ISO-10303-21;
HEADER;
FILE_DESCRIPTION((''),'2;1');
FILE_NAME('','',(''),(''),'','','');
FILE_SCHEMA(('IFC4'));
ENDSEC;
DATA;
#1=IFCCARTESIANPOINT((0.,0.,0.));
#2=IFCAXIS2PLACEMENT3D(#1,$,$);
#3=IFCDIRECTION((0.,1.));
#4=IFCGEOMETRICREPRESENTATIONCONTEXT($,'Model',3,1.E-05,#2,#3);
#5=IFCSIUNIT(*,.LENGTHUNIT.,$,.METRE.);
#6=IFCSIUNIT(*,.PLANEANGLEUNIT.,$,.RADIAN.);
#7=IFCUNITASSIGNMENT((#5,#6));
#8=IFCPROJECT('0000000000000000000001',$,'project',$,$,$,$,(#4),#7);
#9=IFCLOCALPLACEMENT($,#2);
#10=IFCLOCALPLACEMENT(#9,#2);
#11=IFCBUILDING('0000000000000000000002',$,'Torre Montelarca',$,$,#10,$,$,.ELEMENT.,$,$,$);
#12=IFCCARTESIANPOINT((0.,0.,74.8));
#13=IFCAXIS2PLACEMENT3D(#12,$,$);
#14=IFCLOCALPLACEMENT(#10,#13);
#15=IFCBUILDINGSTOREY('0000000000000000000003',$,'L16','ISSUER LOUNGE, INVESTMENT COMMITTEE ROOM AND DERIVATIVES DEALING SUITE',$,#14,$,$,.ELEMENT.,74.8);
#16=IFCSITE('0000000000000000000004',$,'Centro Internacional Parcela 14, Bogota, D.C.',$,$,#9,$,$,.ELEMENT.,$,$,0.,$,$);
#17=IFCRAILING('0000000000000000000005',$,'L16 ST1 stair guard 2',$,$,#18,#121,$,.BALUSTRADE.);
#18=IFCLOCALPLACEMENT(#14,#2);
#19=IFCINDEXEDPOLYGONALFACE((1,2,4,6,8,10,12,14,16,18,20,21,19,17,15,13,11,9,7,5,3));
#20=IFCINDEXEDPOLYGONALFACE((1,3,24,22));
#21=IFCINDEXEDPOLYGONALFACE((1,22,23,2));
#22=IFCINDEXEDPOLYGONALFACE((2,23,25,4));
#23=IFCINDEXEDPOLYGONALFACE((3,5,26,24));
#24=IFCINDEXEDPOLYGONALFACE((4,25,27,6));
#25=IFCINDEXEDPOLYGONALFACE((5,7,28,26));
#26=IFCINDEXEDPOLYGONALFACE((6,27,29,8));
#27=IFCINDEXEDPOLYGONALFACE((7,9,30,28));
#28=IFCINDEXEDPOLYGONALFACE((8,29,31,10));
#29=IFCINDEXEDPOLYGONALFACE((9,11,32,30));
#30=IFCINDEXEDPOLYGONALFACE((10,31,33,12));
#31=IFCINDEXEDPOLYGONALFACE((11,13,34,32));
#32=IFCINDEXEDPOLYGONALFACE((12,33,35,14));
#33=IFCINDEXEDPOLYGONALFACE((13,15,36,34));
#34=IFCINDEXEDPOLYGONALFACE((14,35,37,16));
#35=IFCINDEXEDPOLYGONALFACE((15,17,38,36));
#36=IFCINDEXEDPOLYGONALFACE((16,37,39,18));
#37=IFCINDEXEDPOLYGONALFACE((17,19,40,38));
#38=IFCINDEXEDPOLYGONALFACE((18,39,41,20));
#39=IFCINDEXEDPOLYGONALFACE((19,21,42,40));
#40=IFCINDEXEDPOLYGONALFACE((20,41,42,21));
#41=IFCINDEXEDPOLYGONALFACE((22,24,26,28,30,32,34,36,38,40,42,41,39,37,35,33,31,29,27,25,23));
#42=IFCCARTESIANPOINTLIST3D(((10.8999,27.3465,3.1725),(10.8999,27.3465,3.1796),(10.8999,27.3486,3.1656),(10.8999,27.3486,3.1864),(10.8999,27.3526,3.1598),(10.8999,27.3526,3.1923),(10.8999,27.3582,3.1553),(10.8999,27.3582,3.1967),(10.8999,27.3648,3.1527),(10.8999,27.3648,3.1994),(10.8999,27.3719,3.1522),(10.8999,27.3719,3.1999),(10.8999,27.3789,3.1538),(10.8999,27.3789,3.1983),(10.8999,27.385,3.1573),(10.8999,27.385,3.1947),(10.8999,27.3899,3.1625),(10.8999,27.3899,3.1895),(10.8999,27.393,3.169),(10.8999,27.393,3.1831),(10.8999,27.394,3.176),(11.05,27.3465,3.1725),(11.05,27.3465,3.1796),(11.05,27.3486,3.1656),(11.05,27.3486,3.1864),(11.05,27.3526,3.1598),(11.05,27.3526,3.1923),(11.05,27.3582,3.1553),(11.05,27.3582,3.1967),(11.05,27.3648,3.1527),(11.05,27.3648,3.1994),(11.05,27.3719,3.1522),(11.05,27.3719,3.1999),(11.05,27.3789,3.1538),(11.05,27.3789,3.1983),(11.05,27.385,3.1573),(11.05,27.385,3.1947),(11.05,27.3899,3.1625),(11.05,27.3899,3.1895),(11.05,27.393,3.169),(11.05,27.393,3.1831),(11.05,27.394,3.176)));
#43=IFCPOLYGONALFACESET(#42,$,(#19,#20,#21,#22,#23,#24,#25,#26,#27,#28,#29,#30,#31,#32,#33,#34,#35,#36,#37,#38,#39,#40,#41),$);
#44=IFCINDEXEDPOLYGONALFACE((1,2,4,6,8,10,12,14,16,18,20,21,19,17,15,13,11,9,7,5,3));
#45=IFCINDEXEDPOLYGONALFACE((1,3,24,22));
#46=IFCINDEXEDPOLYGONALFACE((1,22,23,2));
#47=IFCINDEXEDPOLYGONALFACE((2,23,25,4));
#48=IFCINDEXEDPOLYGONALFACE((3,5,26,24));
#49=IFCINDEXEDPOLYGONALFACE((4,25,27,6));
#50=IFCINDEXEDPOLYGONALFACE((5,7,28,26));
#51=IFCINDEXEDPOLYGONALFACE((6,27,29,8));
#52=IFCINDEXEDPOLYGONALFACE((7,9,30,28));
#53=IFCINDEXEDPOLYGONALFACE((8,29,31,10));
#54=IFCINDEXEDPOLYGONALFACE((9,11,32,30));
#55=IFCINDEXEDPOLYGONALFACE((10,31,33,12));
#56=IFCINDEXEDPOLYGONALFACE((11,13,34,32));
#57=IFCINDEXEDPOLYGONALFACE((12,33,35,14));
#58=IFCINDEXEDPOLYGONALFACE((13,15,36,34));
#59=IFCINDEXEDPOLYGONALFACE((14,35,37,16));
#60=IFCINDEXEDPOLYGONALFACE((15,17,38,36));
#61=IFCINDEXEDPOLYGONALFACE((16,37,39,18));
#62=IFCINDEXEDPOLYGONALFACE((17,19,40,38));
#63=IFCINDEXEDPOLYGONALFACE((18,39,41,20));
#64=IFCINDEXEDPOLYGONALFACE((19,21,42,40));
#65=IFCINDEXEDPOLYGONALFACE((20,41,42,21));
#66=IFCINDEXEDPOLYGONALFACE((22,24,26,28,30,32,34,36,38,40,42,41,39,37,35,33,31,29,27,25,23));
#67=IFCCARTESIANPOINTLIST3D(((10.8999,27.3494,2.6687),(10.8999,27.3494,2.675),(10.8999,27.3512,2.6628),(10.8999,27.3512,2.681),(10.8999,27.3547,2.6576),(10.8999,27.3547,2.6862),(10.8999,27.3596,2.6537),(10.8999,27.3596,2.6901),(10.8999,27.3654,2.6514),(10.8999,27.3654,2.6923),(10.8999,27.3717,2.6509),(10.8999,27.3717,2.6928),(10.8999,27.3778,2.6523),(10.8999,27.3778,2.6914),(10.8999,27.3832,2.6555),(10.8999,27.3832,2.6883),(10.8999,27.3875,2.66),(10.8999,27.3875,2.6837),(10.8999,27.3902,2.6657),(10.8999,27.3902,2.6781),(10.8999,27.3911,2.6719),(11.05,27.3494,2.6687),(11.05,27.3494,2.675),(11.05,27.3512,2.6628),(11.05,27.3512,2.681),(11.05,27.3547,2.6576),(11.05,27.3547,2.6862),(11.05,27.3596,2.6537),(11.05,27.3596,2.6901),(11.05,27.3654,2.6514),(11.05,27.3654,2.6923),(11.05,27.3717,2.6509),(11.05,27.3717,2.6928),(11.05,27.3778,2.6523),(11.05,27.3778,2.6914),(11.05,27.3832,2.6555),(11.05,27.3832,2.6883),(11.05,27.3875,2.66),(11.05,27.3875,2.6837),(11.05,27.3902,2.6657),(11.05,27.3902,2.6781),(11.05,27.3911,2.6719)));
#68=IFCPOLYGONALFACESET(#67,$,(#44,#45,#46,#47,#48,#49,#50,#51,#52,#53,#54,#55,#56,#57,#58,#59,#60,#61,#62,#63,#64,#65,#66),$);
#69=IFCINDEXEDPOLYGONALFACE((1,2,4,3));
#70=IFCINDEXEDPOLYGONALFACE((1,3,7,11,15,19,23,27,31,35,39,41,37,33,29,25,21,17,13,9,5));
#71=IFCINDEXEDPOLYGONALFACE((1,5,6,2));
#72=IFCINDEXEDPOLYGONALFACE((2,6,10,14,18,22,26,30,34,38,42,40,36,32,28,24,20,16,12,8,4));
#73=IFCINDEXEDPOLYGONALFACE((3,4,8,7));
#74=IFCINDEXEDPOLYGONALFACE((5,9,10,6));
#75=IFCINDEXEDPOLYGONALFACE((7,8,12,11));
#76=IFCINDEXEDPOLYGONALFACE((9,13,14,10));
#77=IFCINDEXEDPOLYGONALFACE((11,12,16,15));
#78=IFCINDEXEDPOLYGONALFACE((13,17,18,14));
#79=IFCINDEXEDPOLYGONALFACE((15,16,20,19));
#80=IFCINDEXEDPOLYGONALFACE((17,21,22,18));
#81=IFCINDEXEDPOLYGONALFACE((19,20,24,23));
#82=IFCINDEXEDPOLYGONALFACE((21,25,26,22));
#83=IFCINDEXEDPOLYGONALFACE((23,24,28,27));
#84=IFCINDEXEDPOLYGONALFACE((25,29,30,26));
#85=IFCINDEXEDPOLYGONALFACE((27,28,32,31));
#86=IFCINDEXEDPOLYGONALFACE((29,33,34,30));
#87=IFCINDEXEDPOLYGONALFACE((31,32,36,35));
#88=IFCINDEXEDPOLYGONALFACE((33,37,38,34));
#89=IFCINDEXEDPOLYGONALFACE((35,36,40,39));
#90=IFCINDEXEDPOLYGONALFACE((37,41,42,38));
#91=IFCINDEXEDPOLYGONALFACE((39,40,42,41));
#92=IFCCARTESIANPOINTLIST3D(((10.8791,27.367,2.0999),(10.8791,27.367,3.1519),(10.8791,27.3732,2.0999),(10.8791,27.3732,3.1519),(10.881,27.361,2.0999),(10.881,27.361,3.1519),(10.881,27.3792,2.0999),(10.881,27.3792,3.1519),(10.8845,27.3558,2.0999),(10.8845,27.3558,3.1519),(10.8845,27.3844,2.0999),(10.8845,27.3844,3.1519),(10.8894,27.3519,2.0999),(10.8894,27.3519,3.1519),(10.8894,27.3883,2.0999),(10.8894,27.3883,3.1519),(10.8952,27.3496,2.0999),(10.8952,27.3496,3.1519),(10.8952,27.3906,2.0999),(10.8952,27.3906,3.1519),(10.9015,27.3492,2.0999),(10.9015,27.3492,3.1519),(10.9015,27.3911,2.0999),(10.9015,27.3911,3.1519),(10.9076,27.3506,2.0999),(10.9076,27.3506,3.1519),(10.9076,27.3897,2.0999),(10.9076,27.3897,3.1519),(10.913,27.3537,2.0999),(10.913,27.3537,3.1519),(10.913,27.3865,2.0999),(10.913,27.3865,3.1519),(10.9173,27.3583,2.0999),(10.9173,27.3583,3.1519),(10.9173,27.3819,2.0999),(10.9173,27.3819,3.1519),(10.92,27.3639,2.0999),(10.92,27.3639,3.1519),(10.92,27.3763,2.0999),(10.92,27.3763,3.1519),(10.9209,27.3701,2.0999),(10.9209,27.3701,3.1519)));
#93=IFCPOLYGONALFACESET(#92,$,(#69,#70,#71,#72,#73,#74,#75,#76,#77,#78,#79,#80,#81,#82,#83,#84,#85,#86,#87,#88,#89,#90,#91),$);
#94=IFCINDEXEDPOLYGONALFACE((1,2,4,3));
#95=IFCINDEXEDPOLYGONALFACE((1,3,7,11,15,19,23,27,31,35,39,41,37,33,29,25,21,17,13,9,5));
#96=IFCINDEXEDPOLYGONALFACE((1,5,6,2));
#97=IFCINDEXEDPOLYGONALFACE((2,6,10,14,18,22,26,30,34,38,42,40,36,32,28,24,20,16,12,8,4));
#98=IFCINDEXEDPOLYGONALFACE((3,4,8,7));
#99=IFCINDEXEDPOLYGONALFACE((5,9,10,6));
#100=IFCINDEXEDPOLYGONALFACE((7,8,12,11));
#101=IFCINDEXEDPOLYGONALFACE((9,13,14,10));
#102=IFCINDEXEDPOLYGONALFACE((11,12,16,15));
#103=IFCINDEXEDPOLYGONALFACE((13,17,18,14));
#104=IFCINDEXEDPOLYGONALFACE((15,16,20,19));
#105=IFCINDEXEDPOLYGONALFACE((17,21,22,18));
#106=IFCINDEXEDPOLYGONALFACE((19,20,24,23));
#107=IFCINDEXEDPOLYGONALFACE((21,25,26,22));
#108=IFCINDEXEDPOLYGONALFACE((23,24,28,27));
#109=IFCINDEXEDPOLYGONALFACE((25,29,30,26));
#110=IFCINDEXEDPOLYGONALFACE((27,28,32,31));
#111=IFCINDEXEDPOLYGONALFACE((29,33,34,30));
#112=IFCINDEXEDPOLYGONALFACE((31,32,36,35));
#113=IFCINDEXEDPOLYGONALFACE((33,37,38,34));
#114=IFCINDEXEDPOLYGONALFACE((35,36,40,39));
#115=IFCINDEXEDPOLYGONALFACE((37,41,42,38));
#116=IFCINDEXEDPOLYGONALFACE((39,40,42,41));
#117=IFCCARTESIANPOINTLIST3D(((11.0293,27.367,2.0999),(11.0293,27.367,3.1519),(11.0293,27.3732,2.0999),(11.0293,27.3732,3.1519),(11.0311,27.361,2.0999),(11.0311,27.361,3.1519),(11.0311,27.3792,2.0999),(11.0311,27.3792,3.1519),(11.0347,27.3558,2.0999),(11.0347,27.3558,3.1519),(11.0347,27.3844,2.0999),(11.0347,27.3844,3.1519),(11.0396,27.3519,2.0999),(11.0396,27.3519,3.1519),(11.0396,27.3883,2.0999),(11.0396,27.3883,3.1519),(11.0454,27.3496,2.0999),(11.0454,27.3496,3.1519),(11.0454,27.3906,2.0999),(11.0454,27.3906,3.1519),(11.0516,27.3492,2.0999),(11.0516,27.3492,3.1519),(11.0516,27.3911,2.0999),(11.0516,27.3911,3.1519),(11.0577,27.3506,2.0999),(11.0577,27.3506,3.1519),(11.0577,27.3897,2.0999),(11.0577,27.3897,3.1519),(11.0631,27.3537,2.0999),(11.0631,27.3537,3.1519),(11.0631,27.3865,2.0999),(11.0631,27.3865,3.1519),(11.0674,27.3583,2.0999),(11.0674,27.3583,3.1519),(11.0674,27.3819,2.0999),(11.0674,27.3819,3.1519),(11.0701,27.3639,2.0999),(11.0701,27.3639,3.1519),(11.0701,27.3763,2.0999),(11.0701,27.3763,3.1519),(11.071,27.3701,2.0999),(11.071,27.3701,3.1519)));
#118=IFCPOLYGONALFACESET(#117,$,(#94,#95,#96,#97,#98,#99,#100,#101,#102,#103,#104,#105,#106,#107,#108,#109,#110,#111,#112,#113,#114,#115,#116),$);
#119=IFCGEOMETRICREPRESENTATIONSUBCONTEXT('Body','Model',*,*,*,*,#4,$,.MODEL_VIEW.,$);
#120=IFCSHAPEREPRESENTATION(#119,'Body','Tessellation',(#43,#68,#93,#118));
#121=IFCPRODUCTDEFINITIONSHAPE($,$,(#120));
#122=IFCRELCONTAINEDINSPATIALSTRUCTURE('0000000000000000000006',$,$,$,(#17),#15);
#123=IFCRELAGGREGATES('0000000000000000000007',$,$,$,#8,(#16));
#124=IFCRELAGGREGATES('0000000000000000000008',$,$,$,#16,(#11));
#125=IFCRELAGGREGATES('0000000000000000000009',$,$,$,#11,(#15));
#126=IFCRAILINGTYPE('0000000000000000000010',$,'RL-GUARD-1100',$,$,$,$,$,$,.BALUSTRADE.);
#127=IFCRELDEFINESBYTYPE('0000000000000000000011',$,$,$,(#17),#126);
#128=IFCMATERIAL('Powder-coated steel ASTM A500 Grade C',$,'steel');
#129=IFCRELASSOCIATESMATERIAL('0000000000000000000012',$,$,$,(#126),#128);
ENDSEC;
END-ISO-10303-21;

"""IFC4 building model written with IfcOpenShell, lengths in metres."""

from ifc_helpers import new_model, si_unit, direction, frame, origin, origin_2d, place, context, subcontext, project, spatial, circle, extrude, material, type_object, element, save


model = new_model("IFC4")

# Units and contexts
model_context = context("Model", 3, precision=1e-05, world=origin(), true_north=direction((0.0, 1.0)))
body_context = subcontext(model_context, "Body", "Model", "MODEL_VIEW")
ifc_project = project(units=[si_unit("LENGTHUNIT", "METRE"), si_unit("PLANEANGLEUNIT", "RADIAN")], contexts=[model_context])

# Site, building, storey
site_placement = place(None, origin())
site = spatial("IfcSite", under=ifc_project, at=site_placement, Name="Centro Internacional Parcela 14, Bogota, D.C.", CompositionType="ELEMENT", RefElevation=0.0)
building_placement = place(site_placement, origin())
building = spatial("IfcBuilding", under=site, at=building_placement, Name="Torre Montelarca", CompositionType="ELEMENT")
storey_placement = place(building_placement, frame((0.0, 0.0, 74.8)))
storey = spatial("IfcBuildingStorey", under=building, at=storey_placement, Name="L16", Description="ISSUER LOUNGE, INVESTMENT COMMITTEE ROOM AND DERIVATIVES DEALING SUITE", CompositionType="ELEMENT", Elevation=74.8)

# Railing
ifc_material_1 = material(Name="Powder-coated steel ASTM A500 Grade C", Category="steel")
railing_type_1 = type_object("IfcRailingType", Name="RL-GUARD-1100", PredefinedType="BALUSTRADE", material=ifc_material_1)
railing_1_placement = place(storey_placement, frame((10.8999, 27.3701, 2.0999)))
element("IfcRailing", 1, at=railing_1_placement, inside=storey, type_object=railing_type_1, Name="L16 ST1 stair guard 2", PredefinedType="BALUSTRADE", context=body_context, shape_type="SweptSolid", body=[
    extrude(circle(Radius=0.0239, at=origin_2d()), frame((0.0, 0.0, 1.0762), z_axis=(1.0, 0.0, 0.0), x_axis=(0.0, 1.0, 0.0)), (0.0, 0.0, 1.0), 0.1501),
    extrude(circle(Radius=0.021, at=origin_2d()), frame((0.0, 0.0, 0.572), z_axis=(1.0, 0.0, 0.0), x_axis=(0.0, 1.0, 0.0)), (0.0, 0.0, 1.0), 0.1501),
    extrude(circle(Radius=0.021, at=origin_2d()), origin(), (0.0, 0.0, 1.0), 1.052),
    extrude(circle(Radius=0.021, at=origin_2d()), frame((0.1501, 0.0, 0.0)), (0.0, 0.0, 1.0), 1.052),
])

save(model, "model.ifc")
